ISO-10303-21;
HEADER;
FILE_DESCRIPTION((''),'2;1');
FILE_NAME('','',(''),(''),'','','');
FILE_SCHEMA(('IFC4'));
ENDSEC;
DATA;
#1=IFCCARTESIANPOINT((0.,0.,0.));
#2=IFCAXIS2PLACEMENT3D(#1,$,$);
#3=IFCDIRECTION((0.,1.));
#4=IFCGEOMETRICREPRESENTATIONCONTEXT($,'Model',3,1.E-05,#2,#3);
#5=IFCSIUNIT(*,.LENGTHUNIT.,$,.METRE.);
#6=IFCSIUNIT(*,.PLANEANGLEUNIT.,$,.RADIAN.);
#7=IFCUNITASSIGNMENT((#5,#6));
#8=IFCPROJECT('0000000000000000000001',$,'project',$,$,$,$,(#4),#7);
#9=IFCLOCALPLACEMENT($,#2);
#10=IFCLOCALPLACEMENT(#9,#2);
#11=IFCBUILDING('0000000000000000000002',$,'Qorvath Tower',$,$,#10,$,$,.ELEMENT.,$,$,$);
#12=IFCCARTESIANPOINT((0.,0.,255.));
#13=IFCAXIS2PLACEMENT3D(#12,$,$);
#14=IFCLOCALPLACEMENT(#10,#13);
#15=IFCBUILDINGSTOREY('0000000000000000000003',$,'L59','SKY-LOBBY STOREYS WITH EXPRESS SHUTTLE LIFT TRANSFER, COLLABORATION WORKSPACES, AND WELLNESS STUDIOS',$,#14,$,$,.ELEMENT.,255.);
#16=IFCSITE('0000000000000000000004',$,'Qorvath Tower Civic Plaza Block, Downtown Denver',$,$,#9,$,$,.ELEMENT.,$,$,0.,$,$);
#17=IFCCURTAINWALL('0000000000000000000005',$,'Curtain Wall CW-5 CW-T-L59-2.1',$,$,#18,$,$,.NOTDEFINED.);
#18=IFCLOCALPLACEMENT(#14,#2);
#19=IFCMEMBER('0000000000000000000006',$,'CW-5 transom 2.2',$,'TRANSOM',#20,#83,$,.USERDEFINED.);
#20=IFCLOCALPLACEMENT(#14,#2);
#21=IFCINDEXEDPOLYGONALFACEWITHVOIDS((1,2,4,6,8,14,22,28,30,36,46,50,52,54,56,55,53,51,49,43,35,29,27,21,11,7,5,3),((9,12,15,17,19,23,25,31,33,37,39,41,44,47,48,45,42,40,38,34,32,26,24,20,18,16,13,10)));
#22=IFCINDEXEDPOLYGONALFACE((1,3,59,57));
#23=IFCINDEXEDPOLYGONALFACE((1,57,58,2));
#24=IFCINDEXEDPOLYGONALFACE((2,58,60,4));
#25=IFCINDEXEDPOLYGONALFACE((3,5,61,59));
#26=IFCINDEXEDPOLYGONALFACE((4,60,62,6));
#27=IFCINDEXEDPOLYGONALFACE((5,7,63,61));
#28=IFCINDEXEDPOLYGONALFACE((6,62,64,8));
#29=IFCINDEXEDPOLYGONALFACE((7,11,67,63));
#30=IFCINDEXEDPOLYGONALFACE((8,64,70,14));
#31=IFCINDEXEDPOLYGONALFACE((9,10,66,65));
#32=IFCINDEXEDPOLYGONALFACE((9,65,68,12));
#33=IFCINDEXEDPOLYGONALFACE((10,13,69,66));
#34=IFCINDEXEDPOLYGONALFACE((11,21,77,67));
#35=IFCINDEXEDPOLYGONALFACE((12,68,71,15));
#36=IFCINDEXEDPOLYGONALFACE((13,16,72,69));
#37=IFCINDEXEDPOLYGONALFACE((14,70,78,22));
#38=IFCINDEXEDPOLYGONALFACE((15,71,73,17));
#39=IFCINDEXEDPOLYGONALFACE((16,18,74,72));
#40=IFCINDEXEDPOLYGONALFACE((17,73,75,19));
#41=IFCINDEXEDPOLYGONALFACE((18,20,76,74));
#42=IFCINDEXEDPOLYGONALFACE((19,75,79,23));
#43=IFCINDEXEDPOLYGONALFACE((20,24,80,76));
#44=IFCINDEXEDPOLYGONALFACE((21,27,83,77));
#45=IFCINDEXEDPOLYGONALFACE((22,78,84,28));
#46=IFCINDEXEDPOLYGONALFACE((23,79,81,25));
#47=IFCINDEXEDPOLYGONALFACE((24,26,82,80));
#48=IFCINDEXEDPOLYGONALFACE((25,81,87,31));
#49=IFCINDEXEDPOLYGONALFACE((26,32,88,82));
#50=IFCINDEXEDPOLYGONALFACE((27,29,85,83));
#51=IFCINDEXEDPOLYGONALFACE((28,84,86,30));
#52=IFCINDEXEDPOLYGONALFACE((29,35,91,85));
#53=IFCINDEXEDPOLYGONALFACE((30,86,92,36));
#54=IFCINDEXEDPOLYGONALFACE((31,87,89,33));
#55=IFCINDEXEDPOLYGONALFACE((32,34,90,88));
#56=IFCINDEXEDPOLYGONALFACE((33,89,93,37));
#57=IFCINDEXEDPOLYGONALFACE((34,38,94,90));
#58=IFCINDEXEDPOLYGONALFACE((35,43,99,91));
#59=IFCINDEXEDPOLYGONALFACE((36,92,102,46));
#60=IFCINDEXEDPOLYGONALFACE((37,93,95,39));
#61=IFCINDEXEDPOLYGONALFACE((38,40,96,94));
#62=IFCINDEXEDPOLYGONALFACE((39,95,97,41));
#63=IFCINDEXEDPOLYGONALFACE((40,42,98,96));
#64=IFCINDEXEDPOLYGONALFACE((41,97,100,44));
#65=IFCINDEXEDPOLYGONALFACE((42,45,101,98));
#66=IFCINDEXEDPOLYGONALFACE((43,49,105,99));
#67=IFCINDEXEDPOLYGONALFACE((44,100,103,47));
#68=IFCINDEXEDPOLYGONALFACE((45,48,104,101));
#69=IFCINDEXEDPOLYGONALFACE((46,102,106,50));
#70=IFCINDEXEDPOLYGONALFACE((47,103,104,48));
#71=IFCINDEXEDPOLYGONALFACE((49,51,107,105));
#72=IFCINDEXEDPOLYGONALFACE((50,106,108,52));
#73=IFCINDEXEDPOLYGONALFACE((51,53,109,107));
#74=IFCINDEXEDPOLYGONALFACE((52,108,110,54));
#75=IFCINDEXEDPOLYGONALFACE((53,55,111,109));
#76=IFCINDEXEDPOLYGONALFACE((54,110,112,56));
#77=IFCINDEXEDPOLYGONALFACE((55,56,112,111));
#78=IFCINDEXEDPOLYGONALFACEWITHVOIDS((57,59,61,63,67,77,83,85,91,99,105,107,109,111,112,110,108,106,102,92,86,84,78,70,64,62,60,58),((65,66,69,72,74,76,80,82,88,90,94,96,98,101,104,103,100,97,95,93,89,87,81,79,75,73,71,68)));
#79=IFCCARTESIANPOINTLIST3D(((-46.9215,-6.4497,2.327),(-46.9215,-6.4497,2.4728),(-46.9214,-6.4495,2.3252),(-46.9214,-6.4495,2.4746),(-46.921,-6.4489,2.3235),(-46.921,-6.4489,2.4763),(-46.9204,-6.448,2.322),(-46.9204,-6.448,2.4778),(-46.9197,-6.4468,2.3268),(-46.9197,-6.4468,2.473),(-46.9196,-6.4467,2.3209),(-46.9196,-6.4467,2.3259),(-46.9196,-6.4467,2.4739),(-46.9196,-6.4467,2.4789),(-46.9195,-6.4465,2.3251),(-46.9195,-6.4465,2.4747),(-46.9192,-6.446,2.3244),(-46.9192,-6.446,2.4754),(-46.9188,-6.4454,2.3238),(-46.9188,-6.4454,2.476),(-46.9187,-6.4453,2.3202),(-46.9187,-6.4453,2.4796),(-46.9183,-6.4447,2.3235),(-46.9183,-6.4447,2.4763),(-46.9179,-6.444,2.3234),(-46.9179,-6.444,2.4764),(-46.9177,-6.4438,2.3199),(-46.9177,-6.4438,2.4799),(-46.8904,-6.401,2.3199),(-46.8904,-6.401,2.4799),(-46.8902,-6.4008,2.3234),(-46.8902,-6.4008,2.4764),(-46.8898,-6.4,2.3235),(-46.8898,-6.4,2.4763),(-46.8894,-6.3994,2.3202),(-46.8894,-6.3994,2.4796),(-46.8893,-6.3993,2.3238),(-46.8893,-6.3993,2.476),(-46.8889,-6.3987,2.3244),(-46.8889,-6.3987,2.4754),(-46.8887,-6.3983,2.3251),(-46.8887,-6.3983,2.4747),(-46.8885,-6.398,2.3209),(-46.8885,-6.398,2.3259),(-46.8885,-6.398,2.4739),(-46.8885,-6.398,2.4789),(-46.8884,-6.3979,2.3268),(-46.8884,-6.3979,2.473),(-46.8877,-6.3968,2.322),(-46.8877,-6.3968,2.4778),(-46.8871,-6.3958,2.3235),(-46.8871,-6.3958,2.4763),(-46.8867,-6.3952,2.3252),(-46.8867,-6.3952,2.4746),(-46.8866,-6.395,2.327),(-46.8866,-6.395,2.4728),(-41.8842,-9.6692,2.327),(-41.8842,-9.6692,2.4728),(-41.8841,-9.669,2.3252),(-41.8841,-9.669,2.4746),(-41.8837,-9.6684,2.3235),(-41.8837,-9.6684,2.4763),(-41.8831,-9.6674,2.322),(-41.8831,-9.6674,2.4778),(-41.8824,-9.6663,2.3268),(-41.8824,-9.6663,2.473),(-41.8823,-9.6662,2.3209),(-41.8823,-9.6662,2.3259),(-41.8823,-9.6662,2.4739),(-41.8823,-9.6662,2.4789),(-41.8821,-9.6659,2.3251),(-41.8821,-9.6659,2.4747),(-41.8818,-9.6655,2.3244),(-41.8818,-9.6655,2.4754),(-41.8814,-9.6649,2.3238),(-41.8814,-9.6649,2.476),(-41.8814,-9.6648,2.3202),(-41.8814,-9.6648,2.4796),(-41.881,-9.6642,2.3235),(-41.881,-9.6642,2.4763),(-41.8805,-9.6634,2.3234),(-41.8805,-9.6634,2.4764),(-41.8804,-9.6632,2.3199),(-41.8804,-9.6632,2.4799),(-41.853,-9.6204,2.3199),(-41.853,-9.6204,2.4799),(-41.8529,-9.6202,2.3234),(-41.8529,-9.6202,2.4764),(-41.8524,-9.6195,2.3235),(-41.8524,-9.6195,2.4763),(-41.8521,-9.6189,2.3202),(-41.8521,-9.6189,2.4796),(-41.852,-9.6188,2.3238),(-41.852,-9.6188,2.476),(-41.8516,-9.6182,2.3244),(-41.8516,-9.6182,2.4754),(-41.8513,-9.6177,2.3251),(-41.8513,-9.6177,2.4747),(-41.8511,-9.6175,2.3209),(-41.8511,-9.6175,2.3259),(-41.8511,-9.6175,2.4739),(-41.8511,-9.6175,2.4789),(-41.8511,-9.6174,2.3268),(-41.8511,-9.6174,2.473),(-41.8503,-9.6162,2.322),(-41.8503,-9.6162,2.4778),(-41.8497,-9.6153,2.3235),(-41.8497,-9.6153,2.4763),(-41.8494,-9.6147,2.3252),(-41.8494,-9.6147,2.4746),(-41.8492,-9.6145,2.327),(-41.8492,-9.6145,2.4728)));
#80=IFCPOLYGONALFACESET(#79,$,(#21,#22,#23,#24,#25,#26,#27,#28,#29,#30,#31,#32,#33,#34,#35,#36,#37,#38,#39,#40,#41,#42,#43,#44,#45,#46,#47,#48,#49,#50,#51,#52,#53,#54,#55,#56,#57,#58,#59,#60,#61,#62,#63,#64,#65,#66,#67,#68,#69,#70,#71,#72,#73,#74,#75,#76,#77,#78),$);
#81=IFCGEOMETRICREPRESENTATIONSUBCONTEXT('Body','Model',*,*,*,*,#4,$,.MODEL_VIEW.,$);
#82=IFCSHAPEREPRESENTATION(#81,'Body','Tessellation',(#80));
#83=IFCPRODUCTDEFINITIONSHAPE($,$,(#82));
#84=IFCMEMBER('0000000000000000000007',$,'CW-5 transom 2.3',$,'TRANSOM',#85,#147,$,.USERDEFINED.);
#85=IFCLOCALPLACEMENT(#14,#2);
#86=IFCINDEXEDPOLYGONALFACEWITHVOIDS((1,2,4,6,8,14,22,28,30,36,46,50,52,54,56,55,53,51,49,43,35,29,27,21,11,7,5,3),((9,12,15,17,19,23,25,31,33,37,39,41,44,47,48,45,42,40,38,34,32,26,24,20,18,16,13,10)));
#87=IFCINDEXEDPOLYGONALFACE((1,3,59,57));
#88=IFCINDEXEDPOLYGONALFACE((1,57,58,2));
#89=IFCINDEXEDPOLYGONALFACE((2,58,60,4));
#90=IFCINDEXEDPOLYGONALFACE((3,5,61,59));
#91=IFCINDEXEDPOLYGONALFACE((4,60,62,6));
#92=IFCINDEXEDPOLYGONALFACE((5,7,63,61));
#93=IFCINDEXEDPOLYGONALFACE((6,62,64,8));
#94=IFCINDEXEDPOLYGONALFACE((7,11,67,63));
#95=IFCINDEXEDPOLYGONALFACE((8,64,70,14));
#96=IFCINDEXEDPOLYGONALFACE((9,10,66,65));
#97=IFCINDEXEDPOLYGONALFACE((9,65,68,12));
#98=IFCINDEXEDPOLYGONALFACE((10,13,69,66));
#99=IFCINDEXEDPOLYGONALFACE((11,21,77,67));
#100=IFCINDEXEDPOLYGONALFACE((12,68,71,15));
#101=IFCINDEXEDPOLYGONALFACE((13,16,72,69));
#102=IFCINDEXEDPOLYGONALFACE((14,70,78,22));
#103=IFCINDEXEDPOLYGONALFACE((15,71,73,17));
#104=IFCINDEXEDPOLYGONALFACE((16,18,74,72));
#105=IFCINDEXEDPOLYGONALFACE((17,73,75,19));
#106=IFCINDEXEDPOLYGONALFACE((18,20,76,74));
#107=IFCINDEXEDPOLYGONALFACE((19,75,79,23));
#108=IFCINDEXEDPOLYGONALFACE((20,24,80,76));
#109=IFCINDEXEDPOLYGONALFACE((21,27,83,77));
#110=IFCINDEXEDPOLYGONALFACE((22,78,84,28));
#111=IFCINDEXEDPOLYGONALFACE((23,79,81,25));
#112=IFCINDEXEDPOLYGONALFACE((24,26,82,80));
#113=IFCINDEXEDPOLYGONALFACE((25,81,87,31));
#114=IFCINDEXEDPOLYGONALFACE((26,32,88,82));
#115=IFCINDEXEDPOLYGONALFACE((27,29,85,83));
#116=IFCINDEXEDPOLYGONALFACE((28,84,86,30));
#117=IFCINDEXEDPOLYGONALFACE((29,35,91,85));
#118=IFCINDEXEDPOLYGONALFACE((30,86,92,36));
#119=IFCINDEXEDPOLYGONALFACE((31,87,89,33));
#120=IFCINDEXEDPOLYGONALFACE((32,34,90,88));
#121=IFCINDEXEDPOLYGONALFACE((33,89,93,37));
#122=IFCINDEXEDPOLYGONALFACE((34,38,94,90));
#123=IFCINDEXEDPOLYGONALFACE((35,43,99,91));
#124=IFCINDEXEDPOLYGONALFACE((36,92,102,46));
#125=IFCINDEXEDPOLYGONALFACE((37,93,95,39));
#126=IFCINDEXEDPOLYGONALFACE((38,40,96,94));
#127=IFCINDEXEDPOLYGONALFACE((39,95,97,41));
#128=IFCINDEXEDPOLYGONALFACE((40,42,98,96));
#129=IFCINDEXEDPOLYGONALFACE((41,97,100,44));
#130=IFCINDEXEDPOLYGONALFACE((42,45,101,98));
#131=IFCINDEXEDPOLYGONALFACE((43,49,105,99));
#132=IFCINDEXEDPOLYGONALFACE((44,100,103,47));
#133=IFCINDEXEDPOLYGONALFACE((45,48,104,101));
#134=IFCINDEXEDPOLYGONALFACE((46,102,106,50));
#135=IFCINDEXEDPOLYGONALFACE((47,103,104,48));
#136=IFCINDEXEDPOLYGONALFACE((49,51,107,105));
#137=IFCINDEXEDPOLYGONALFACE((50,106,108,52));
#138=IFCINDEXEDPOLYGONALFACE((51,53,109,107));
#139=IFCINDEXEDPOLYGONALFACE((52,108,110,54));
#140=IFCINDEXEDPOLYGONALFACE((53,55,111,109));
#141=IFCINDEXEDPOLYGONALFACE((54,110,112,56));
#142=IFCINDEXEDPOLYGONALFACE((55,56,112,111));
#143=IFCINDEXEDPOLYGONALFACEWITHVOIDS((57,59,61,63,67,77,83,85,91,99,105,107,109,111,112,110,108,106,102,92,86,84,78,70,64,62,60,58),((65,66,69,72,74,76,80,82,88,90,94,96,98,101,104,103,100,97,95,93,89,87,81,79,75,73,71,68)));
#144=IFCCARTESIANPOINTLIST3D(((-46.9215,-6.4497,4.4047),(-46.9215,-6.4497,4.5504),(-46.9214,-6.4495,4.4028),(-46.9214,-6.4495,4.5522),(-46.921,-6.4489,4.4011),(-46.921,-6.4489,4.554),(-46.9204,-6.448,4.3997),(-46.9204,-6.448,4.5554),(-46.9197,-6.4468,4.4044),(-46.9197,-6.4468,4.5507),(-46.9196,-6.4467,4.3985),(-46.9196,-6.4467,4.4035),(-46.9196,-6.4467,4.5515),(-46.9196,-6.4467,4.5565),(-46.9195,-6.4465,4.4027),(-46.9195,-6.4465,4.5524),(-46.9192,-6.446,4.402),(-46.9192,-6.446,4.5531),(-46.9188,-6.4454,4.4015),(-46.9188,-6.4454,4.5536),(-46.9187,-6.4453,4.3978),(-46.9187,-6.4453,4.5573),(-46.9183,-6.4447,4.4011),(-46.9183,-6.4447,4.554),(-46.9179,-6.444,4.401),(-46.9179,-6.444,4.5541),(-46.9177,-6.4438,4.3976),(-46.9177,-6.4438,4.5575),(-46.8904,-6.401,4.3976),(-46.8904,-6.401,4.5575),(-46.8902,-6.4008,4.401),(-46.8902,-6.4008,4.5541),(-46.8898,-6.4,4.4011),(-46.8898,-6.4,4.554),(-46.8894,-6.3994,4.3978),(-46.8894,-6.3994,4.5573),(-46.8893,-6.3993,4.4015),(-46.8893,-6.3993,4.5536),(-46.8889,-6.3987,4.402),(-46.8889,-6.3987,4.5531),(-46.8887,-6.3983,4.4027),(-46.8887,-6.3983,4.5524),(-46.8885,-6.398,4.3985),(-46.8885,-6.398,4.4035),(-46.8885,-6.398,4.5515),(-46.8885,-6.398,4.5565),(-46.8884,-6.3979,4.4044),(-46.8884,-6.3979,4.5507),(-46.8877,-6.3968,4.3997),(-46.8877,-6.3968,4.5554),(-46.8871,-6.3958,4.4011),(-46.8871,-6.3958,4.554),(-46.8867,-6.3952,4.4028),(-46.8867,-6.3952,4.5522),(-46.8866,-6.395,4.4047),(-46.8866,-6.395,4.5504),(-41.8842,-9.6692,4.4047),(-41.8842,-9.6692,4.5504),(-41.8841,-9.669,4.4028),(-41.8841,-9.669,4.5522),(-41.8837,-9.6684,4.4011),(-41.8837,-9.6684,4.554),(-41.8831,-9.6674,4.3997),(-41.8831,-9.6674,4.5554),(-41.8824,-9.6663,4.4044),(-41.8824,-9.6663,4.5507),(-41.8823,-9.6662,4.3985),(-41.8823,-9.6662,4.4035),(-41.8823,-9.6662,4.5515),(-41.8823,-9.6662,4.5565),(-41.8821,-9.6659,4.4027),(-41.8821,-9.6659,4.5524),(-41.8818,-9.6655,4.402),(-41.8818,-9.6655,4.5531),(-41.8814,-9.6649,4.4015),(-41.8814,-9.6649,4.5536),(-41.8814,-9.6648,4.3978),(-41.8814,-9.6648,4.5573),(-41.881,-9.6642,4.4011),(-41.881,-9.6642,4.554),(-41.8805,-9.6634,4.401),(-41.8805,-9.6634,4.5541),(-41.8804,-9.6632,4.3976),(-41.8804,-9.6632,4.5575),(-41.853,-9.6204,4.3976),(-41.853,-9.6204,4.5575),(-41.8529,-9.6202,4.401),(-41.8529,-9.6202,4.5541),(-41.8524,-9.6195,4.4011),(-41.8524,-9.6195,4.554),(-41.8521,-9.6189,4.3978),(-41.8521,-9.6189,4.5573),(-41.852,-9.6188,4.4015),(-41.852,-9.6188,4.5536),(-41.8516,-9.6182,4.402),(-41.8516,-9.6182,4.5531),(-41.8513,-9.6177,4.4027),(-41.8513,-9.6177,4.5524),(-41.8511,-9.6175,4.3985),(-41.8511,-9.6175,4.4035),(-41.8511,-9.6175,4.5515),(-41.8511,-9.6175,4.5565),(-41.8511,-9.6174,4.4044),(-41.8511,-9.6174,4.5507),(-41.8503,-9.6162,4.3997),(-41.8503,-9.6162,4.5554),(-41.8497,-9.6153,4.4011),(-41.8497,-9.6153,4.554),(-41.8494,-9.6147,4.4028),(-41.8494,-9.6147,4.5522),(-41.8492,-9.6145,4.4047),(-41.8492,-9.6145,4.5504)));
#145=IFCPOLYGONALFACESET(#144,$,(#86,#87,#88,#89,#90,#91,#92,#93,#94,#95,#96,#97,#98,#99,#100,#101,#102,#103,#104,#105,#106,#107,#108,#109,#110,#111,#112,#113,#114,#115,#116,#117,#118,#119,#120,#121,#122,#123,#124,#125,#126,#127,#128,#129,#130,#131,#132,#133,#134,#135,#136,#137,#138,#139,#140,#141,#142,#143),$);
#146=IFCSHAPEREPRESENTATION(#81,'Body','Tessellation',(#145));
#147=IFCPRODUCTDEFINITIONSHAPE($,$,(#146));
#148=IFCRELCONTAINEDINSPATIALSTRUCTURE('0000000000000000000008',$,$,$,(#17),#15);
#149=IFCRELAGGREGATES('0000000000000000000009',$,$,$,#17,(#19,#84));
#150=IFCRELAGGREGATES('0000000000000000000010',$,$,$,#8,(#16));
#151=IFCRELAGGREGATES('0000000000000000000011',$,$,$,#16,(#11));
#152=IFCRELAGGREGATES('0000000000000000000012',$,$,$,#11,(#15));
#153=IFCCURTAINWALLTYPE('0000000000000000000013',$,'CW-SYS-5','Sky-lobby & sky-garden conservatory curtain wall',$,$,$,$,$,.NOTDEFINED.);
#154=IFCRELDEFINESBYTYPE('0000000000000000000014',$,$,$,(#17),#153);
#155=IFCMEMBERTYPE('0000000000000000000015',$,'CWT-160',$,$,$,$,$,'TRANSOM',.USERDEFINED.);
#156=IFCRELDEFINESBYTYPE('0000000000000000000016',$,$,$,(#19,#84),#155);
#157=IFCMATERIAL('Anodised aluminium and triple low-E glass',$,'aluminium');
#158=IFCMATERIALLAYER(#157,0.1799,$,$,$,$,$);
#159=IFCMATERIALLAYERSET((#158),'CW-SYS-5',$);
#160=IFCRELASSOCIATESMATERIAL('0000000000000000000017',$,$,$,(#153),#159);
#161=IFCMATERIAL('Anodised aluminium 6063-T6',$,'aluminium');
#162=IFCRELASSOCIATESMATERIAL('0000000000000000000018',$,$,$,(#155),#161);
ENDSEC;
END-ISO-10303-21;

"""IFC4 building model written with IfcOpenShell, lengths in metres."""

from ifc_helpers import new_model, si_unit, direction, frame, origin, origin_2d, place, context, subcontext, project, spatial, hollow_rectangle, extrude, material, layer, layer_set, material_profile, profile_set, type_object, element, aggregate, save


model = new_model("IFC4")

# Units and contexts
model_context = context("Model", 3, precision=1e-05, world=origin(), true_north=direction((0.0, 1.0)))
body_context = subcontext(model_context, "Body", "Model", "MODEL_VIEW")
ifc_project = project(units=[si_unit("LENGTHUNIT", "METRE"), si_unit("PLANEANGLEUNIT", "RADIAN")], contexts=[model_context])

# Site, building, storey
site_placement = place(None, origin())
site = spatial("IfcSite", under=ifc_project, at=site_placement, Name="Qorvath Tower Civic Plaza Block, Downtown Denver", CompositionType="ELEMENT", RefElevation=0.0)
building_placement = place(site_placement, origin())
building = spatial("IfcBuilding", under=site, at=building_placement, Name="Qorvath Tower", CompositionType="ELEMENT")
storey_placement = place(building_placement, frame((0.0, 0.0, 255.0)))
storey = spatial("IfcBuildingStorey", under=building, at=storey_placement, Name="L59", Description="SKY-LOBBY STOREYS WITH EXPRESS SHUTTLE LIFT TRANSFER, COLLABORATION WORKSPACES, AND WELLNESS STUDIOS", CompositionType="ELEMENT", Elevation=255.0)

# Curtain wall, members
ifc_material_1 = material(Name="Anodised aluminium and triple low-E glass", Category="aluminium")
ifc_layer_1 = layer(ifc_material_1, 0.1799)
ifc_layer_set_1 = layer_set([ifc_layer_1], Name="CW-SYS-5")
curtain_wall_type = type_object("IfcCurtainWallType", Name="CW-SYS-5", Description="Sky-lobby & sky-garden conservatory curtain wall", PredefinedType="NOTDEFINED", material=ifc_layer_set_1)
curtain_wall_placement = place(storey_placement, origin())
curtain_wall = element("IfcCurtainWall", 1, at=curtain_wall_placement, inside=storey, type_object=curtain_wall_type, Name="Curtain Wall CW-5 CW-T-L59-2.1", PredefinedType="NOTDEFINED")
ifc_material_2 = material(Name="Anodised aluminium 6063-T6", Category="aluminium")
ifc_material_profile_1 = material_profile(ifc_material_2, hollow_rectangle(XDim=0.0649, YDim=0.1599, WallThickness=0.0034, InnerFilletRadius=0.0034, OuterFilletRadius=0.0071, at=origin_2d()), Name="CWT 160x65")
ifc_profile_set_1 = profile_set([ifc_material_profile_1], Name="Anodised aluminium 6063-T6")
member_type_1 = type_object("IfcMemberType", Name="CWT-160", ElementType="TRANSOM", PredefinedType="USERDEFINED", material=ifc_profile_set_1)
member_1_placement = place(storey_placement, frame((-46.9041, -6.4224, 2.3999), z_axis=(0.842607, -0.538529, 0.0), x_axis=(0.538529, 0.842607, 0.0)))
member_1 = element("IfcMember", 2, at=member_1_placement, type_object=member_type_1, Name="CW-5 transom 2.2", ObjectType="TRANSOM", PredefinedType="USERDEFINED", context=body_context, shape_type="SweptSolid", body=[
    extrude(hollow_rectangle(XDim=0.0649, YDim=0.1599, WallThickness=0.0034, InnerFilletRadius=0.0034, OuterFilletRadius=0.0071, at=origin_2d()), origin(), (0.0, 0.0, 1.0), 5.9783),
])
member_2_placement = place(storey_placement, frame((-46.9041, -6.4224, 4.4775), z_axis=(0.842607, -0.538529, 0.0), x_axis=(0.538529, 0.842607, 0.0)))
member_2 = element("IfcMember", 3, at=member_2_placement, type_object=member_type_1, Name="CW-5 transom 2.3", ObjectType="TRANSOM", PredefinedType="USERDEFINED", context=body_context, shape_type="SweptSolid", body=[
    extrude(hollow_rectangle(XDim=0.0649, YDim=0.1599, WallThickness=0.0034, InnerFilletRadius=0.0034, OuterFilletRadius=0.0071, at=origin_2d()), origin(), (0.0, 0.0, 1.0), 5.9783),
])
aggregate(curtain_wall, [member_1, member_2])

save(model, "model.ifc")
